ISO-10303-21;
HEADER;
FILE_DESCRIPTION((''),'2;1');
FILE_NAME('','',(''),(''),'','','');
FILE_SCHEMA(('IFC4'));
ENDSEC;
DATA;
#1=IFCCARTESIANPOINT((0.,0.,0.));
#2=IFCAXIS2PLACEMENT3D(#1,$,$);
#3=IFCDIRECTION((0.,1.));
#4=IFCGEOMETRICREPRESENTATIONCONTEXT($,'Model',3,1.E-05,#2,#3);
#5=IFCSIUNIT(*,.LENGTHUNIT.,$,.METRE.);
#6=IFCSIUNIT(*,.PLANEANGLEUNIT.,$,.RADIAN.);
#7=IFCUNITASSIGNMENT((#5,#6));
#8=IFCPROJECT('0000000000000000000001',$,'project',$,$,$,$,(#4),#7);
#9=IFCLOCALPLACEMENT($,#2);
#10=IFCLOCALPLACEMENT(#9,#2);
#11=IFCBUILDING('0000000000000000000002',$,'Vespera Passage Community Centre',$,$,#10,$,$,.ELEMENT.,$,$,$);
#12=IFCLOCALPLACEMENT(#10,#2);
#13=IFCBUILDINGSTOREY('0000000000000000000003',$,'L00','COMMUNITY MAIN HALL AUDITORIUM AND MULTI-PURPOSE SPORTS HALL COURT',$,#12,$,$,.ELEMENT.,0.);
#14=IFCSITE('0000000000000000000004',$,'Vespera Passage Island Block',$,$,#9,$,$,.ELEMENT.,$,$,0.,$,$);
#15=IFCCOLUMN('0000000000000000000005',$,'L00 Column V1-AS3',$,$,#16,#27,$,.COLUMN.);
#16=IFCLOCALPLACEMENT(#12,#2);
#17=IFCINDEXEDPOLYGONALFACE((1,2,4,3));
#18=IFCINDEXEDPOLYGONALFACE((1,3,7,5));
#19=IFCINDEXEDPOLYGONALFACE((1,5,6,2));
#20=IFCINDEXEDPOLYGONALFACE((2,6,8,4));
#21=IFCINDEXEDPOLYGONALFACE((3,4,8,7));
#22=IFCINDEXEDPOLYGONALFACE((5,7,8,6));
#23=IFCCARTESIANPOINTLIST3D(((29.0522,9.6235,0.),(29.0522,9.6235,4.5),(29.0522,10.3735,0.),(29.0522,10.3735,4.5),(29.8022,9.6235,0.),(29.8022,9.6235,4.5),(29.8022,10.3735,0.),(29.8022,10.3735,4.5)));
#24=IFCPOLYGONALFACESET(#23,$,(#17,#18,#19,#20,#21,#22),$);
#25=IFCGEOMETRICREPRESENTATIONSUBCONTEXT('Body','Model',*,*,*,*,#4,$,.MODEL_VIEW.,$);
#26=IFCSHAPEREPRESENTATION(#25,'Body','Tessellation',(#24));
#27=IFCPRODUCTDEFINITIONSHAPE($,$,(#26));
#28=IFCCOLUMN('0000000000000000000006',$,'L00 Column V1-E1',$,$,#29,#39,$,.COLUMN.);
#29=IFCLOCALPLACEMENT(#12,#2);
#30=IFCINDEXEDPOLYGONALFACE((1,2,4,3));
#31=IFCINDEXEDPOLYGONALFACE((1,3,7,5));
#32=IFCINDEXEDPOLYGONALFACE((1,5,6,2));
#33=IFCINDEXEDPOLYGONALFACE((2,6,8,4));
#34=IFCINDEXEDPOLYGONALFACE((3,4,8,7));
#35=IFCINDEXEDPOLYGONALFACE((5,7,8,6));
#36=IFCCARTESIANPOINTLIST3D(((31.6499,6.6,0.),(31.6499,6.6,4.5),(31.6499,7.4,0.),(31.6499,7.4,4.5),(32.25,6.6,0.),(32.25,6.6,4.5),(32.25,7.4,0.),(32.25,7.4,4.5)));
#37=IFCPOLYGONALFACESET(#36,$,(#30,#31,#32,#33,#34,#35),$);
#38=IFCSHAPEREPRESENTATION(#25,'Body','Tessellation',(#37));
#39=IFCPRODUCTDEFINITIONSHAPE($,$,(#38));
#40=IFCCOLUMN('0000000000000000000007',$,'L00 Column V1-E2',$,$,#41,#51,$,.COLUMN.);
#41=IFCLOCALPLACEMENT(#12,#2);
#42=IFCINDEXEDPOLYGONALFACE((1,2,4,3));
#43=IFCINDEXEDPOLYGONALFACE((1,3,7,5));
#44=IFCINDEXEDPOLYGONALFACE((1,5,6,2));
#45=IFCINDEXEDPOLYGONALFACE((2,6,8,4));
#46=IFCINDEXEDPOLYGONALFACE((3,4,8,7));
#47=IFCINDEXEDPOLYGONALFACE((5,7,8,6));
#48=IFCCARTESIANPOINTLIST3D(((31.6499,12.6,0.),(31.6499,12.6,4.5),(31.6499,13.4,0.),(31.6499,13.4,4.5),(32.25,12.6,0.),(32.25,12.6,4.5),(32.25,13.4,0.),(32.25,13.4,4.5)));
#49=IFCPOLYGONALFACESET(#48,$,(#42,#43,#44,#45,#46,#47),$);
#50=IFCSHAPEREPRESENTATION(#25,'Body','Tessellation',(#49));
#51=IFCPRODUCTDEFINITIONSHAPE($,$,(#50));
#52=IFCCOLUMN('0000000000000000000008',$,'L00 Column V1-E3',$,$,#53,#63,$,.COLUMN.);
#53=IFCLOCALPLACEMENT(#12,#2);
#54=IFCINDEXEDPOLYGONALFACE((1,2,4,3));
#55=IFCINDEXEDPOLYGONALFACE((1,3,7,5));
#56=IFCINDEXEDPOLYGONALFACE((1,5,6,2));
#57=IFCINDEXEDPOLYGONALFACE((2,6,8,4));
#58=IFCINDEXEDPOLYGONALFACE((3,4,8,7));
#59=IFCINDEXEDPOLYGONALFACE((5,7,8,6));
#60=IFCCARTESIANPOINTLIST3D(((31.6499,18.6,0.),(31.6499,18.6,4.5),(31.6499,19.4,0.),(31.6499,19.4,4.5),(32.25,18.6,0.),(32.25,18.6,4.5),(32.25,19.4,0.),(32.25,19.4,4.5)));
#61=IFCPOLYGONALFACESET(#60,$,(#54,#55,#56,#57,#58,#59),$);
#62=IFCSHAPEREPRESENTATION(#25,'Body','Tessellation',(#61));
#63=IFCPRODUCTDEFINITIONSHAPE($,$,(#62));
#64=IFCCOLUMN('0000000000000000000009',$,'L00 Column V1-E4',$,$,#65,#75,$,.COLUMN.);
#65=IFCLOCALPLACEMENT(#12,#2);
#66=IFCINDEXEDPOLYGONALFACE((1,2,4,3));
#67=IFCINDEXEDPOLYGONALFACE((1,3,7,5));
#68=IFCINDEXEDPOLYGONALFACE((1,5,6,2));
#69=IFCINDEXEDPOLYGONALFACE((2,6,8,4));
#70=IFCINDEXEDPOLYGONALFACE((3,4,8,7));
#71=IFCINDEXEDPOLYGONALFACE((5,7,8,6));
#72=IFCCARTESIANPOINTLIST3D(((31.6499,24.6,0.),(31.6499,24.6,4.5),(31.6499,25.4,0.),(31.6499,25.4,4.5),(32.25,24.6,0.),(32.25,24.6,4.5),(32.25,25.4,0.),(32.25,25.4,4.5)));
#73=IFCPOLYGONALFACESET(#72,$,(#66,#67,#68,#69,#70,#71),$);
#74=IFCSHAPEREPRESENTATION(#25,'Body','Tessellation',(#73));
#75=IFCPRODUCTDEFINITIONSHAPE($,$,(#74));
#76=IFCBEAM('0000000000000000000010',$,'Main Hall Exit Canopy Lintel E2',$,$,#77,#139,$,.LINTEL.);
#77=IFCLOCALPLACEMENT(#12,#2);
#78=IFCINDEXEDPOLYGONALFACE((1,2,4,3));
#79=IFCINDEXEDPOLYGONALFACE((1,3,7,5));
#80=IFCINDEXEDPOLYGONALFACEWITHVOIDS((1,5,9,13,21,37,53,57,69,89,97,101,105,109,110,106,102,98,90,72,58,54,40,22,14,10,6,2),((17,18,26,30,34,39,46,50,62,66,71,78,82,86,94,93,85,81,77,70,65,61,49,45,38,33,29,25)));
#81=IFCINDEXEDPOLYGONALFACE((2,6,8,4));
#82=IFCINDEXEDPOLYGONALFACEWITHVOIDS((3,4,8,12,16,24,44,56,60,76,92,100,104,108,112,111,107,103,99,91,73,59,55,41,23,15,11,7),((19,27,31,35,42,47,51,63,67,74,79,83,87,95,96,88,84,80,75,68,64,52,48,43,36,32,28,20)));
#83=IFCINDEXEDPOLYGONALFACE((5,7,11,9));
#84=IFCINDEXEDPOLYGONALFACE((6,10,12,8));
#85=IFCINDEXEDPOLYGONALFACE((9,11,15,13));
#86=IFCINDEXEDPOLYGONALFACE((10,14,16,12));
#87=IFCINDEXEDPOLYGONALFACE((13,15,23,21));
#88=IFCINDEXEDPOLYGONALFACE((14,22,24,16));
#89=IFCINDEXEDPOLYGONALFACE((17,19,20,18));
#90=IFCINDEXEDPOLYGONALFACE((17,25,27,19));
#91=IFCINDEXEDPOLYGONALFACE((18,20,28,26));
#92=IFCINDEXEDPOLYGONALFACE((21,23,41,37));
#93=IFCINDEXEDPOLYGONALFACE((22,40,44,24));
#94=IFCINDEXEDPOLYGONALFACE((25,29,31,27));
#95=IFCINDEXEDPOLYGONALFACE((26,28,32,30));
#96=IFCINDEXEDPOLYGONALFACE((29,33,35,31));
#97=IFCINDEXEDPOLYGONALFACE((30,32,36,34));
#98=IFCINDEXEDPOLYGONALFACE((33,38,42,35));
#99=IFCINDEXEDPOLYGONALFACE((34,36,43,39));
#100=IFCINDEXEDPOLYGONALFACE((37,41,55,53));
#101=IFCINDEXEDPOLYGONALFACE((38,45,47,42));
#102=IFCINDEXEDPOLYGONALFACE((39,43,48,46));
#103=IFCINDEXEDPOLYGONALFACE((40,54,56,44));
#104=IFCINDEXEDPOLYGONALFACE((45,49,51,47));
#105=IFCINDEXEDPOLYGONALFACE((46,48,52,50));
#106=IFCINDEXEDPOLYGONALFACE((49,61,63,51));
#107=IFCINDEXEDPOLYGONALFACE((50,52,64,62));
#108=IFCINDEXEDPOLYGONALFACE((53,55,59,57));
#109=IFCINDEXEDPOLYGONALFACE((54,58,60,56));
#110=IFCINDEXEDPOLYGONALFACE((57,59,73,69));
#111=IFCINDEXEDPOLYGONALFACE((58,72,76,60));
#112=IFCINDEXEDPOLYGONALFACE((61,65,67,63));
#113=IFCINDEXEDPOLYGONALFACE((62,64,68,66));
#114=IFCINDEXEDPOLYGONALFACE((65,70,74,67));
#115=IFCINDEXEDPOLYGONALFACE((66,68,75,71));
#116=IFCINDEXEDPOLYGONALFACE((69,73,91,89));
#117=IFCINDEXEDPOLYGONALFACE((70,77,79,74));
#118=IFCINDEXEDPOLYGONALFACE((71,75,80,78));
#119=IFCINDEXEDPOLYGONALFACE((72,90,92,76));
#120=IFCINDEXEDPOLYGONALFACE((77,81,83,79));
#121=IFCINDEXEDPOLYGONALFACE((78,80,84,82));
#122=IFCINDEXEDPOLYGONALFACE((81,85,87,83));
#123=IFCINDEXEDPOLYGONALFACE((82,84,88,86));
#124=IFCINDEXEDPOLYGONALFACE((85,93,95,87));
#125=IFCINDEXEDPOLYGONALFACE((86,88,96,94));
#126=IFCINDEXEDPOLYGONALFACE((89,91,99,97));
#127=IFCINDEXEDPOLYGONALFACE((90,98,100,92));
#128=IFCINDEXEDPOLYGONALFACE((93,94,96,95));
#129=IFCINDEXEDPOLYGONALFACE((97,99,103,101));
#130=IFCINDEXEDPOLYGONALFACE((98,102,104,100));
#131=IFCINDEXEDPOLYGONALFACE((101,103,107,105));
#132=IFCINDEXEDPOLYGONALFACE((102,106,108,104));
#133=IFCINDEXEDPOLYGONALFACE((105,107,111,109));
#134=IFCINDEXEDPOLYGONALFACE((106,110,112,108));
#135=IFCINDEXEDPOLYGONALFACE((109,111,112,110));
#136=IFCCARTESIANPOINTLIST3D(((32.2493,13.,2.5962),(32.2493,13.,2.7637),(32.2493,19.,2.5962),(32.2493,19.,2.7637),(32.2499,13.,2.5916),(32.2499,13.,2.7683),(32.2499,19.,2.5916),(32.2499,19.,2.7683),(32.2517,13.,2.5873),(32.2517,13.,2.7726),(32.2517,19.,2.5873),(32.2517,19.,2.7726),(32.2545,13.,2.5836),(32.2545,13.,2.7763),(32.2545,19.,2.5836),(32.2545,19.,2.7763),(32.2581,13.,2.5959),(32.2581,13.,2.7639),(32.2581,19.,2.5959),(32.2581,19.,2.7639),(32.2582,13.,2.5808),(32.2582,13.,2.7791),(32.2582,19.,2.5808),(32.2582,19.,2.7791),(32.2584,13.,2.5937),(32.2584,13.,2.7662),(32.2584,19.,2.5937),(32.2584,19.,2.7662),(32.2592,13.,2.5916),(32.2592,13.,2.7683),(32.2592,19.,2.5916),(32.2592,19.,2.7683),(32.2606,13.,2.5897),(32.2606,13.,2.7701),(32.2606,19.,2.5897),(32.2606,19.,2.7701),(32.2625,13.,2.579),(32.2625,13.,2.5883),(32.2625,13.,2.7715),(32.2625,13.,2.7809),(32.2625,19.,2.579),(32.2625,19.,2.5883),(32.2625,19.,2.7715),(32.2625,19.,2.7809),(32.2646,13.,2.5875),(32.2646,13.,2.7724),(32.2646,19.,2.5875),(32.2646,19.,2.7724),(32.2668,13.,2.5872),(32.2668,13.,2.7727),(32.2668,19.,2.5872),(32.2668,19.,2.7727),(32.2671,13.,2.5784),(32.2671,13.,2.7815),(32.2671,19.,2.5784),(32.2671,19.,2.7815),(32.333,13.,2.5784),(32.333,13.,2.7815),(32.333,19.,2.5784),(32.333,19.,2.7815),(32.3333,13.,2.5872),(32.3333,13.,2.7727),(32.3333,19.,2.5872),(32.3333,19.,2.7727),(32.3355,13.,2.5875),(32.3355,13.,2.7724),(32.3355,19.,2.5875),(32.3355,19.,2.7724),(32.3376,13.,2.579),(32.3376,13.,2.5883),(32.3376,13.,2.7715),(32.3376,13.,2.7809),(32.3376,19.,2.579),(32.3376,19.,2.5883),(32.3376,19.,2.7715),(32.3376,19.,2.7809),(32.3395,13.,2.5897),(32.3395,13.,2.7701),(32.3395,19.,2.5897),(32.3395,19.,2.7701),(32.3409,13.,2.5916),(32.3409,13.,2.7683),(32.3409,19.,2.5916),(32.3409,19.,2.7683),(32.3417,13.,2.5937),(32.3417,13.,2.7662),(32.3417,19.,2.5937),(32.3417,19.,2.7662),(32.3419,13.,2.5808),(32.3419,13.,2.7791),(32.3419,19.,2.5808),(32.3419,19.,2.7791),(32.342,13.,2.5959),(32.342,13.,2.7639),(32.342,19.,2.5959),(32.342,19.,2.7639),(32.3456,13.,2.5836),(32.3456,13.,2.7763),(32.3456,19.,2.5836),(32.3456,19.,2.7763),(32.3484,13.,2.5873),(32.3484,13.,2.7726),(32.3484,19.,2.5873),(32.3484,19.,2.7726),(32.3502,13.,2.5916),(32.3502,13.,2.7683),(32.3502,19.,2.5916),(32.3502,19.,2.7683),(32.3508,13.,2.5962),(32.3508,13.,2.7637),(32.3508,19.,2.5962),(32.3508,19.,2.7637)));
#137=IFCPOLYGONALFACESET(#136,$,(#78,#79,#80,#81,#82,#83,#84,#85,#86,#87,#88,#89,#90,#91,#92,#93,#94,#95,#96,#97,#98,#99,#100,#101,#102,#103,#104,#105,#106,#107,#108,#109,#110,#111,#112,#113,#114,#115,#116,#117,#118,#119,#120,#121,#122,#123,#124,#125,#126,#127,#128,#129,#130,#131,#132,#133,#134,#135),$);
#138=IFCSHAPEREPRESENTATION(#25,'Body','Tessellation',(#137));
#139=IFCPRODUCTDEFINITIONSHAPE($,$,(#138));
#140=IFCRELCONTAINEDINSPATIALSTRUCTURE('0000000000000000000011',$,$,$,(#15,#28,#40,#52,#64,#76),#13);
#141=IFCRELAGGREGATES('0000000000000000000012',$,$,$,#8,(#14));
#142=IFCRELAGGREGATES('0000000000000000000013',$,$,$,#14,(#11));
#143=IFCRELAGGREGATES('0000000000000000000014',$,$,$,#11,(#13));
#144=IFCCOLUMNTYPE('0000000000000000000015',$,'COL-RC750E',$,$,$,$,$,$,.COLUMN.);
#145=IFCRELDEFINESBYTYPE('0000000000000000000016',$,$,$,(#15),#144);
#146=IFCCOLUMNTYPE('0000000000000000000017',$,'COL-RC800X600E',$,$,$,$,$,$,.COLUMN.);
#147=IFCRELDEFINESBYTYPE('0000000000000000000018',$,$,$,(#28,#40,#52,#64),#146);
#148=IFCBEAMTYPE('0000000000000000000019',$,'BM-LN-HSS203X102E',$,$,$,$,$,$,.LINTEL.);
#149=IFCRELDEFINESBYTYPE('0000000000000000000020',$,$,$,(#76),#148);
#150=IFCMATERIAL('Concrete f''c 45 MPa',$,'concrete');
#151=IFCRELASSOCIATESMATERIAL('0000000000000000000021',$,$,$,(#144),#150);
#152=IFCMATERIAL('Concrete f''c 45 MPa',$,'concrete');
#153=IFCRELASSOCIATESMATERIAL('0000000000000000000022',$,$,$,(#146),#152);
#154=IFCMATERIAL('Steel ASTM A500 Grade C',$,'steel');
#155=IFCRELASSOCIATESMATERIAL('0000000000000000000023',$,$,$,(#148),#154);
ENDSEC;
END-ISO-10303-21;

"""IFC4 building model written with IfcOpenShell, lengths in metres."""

from ifc_helpers import new_model, si_unit, direction, frame, origin, origin_2d, place, context, subcontext, project, spatial, rectangle, hollow_rectangle, extrude, material, material_profile, profile_set, type_object, element, save


model = new_model("IFC4")

# Units and contexts
model_context = context("Model", 3, precision=1e-05, world=origin(), true_north=direction((0.0, 1.0)))
body_context = subcontext(model_context, "Body", "Model", "MODEL_VIEW")
ifc_project = project(units=[si_unit("LENGTHUNIT", "METRE"), si_unit("PLANEANGLEUNIT", "RADIAN")], contexts=[model_context])

# Site, building, storey
site_placement = place(None, origin())
site = spatial("IfcSite", under=ifc_project, at=site_placement, Name="Vespera Passage Island Block", CompositionType="ELEMENT", RefElevation=0.0)
building_placement = place(site_placement, origin())
building = spatial("IfcBuilding", under=site, at=building_placement, Name="Vespera Passage Community Centre", CompositionType="ELEMENT")
storey_placement = place(building_placement, origin())
storey = spatial("IfcBuildingStorey", under=building, at=storey_placement, Name="L00", Description="COMMUNITY MAIN HALL AUDITORIUM AND MULTI-PURPOSE SPORTS HALL COURT", CompositionType="ELEMENT", Elevation=0.0)

# Columns
ifc_material_1 = material(Name="Concrete f'c 45 MPa", Category="concrete")
ifc_material_profile_1 = material_profile(ifc_material_1, rectangle(XDim=0.75, YDim=0.75, at=origin_2d()), Name="RC750X750")
ifc_profile_set_1 = profile_set([ifc_material_profile_1], Name="Concrete f'c 45 MPa")
column_type_1 = type_object("IfcColumnType", Name="COL-RC750E", PredefinedType="COLUMN", material=ifc_profile_set_1)
column_placement = place(storey_placement, frame((29.4272, 9.9985, 0.0), z_axis=(0.0, 0.0, 1.0), x_axis=(1.0, 0.0, 0.0)))
element("IfcColumn", 1, at=column_placement, inside=storey, type_object=column_type_1, Name="L00 Column V1-AS3", PredefinedType="COLUMN", context=body_context, shape_type="SweptSolid", body=[
    extrude(rectangle(XDim=0.75, YDim=0.75, at=origin_2d()), origin(), (0.0, 0.0, 1.0), 4.5),
])
ifc_material_2 = material(Name="Concrete f'c 45 MPa", Category="concrete")
ifc_material_profile_2 = material_profile(ifc_material_2, rectangle(XDim=0.6001, YDim=0.8, at=origin_2d()), Name="RC800X600")
ifc_profile_set_2 = profile_set([ifc_material_profile_2], Name="Concrete f'c 45 MPa")
column_type_2 = type_object("IfcColumnType", Name="COL-RC800X600E", PredefinedType="COLUMN", material=ifc_profile_set_2)
for number, where, z_axis, x_axis, name in (
    (2, (31.95, 7.0, 0.0), (0.0, 0.0, 1.0), (1.0, 0.0, 0.0), "L00 Column V1-E1"),
    (3, (31.95, 13.0, 0.0), (0.0, 0.0, 1.0), (1.0, 0.0, 0.0), "L00 Column V1-E2"),
    (4, (31.95, 19.0, 0.0), (0.0, 0.0, 1.0), (1.0, 0.0, 0.0), "L00 Column V1-E3"),
    (5, (31.95, 25.0, 0.0), (0.0, 0.0, 1.0), (1.0, 0.0, 0.0), "L00 Column V1-E4"),
):
    element("IfcColumn", number, at=place(storey_placement, frame(where, z_axis=z_axis, x_axis=x_axis)), inside=storey, type_object=column_type_2, Name=name, PredefinedType="COLUMN", context=body_context, shape_type="SweptSolid", body=[
        extrude(rectangle(XDim=0.6001, YDim=0.8, at=origin_2d()), origin(), (0.0, 0.0, 1.0), 4.5),
    ])

# Beam
ifc_material_3 = material(Name="Steel ASTM A500 Grade C", Category="steel")
ifc_material_profile_3 = material_profile(ifc_material_3, hollow_rectangle(XDim=0.1016, YDim=0.2031, WallThickness=0.0088, InnerFilletRadius=0.0088, OuterFilletRadius=0.0178, at=origin_2d()), Name="HSS203X102X9.5")
ifc_profile_set_3 = profile_set([ifc_material_profile_3], Name="Steel ASTM A500 Grade C")
beam_type = type_object("IfcBeamType", Name="BM-LN-HSS203X102E", PredefinedType="LINTEL", material=ifc_profile_set_3)
beam_placement = place(storey_placement, frame((32.3, 19.0, 2.6799), z_axis=(0.0, -1.0, 0.0), x_axis=(1.0, 0.0, 0.0)))
element("IfcBeam", 6, at=beam_placement, inside=storey, type_object=beam_type, Name="Main Hall Exit Canopy Lintel E2", PredefinedType="LINTEL", context=body_context, shape_type="SweptSolid", body=[
    extrude(hollow_rectangle(XDim=0.1016, YDim=0.2031, WallThickness=0.0088, InnerFilletRadius=0.0088, OuterFilletRadius=0.0178, at=origin_2d()), origin(), (0.0, 0.0, 1.0), 6.0),
])

save(model, "model.ifc")
